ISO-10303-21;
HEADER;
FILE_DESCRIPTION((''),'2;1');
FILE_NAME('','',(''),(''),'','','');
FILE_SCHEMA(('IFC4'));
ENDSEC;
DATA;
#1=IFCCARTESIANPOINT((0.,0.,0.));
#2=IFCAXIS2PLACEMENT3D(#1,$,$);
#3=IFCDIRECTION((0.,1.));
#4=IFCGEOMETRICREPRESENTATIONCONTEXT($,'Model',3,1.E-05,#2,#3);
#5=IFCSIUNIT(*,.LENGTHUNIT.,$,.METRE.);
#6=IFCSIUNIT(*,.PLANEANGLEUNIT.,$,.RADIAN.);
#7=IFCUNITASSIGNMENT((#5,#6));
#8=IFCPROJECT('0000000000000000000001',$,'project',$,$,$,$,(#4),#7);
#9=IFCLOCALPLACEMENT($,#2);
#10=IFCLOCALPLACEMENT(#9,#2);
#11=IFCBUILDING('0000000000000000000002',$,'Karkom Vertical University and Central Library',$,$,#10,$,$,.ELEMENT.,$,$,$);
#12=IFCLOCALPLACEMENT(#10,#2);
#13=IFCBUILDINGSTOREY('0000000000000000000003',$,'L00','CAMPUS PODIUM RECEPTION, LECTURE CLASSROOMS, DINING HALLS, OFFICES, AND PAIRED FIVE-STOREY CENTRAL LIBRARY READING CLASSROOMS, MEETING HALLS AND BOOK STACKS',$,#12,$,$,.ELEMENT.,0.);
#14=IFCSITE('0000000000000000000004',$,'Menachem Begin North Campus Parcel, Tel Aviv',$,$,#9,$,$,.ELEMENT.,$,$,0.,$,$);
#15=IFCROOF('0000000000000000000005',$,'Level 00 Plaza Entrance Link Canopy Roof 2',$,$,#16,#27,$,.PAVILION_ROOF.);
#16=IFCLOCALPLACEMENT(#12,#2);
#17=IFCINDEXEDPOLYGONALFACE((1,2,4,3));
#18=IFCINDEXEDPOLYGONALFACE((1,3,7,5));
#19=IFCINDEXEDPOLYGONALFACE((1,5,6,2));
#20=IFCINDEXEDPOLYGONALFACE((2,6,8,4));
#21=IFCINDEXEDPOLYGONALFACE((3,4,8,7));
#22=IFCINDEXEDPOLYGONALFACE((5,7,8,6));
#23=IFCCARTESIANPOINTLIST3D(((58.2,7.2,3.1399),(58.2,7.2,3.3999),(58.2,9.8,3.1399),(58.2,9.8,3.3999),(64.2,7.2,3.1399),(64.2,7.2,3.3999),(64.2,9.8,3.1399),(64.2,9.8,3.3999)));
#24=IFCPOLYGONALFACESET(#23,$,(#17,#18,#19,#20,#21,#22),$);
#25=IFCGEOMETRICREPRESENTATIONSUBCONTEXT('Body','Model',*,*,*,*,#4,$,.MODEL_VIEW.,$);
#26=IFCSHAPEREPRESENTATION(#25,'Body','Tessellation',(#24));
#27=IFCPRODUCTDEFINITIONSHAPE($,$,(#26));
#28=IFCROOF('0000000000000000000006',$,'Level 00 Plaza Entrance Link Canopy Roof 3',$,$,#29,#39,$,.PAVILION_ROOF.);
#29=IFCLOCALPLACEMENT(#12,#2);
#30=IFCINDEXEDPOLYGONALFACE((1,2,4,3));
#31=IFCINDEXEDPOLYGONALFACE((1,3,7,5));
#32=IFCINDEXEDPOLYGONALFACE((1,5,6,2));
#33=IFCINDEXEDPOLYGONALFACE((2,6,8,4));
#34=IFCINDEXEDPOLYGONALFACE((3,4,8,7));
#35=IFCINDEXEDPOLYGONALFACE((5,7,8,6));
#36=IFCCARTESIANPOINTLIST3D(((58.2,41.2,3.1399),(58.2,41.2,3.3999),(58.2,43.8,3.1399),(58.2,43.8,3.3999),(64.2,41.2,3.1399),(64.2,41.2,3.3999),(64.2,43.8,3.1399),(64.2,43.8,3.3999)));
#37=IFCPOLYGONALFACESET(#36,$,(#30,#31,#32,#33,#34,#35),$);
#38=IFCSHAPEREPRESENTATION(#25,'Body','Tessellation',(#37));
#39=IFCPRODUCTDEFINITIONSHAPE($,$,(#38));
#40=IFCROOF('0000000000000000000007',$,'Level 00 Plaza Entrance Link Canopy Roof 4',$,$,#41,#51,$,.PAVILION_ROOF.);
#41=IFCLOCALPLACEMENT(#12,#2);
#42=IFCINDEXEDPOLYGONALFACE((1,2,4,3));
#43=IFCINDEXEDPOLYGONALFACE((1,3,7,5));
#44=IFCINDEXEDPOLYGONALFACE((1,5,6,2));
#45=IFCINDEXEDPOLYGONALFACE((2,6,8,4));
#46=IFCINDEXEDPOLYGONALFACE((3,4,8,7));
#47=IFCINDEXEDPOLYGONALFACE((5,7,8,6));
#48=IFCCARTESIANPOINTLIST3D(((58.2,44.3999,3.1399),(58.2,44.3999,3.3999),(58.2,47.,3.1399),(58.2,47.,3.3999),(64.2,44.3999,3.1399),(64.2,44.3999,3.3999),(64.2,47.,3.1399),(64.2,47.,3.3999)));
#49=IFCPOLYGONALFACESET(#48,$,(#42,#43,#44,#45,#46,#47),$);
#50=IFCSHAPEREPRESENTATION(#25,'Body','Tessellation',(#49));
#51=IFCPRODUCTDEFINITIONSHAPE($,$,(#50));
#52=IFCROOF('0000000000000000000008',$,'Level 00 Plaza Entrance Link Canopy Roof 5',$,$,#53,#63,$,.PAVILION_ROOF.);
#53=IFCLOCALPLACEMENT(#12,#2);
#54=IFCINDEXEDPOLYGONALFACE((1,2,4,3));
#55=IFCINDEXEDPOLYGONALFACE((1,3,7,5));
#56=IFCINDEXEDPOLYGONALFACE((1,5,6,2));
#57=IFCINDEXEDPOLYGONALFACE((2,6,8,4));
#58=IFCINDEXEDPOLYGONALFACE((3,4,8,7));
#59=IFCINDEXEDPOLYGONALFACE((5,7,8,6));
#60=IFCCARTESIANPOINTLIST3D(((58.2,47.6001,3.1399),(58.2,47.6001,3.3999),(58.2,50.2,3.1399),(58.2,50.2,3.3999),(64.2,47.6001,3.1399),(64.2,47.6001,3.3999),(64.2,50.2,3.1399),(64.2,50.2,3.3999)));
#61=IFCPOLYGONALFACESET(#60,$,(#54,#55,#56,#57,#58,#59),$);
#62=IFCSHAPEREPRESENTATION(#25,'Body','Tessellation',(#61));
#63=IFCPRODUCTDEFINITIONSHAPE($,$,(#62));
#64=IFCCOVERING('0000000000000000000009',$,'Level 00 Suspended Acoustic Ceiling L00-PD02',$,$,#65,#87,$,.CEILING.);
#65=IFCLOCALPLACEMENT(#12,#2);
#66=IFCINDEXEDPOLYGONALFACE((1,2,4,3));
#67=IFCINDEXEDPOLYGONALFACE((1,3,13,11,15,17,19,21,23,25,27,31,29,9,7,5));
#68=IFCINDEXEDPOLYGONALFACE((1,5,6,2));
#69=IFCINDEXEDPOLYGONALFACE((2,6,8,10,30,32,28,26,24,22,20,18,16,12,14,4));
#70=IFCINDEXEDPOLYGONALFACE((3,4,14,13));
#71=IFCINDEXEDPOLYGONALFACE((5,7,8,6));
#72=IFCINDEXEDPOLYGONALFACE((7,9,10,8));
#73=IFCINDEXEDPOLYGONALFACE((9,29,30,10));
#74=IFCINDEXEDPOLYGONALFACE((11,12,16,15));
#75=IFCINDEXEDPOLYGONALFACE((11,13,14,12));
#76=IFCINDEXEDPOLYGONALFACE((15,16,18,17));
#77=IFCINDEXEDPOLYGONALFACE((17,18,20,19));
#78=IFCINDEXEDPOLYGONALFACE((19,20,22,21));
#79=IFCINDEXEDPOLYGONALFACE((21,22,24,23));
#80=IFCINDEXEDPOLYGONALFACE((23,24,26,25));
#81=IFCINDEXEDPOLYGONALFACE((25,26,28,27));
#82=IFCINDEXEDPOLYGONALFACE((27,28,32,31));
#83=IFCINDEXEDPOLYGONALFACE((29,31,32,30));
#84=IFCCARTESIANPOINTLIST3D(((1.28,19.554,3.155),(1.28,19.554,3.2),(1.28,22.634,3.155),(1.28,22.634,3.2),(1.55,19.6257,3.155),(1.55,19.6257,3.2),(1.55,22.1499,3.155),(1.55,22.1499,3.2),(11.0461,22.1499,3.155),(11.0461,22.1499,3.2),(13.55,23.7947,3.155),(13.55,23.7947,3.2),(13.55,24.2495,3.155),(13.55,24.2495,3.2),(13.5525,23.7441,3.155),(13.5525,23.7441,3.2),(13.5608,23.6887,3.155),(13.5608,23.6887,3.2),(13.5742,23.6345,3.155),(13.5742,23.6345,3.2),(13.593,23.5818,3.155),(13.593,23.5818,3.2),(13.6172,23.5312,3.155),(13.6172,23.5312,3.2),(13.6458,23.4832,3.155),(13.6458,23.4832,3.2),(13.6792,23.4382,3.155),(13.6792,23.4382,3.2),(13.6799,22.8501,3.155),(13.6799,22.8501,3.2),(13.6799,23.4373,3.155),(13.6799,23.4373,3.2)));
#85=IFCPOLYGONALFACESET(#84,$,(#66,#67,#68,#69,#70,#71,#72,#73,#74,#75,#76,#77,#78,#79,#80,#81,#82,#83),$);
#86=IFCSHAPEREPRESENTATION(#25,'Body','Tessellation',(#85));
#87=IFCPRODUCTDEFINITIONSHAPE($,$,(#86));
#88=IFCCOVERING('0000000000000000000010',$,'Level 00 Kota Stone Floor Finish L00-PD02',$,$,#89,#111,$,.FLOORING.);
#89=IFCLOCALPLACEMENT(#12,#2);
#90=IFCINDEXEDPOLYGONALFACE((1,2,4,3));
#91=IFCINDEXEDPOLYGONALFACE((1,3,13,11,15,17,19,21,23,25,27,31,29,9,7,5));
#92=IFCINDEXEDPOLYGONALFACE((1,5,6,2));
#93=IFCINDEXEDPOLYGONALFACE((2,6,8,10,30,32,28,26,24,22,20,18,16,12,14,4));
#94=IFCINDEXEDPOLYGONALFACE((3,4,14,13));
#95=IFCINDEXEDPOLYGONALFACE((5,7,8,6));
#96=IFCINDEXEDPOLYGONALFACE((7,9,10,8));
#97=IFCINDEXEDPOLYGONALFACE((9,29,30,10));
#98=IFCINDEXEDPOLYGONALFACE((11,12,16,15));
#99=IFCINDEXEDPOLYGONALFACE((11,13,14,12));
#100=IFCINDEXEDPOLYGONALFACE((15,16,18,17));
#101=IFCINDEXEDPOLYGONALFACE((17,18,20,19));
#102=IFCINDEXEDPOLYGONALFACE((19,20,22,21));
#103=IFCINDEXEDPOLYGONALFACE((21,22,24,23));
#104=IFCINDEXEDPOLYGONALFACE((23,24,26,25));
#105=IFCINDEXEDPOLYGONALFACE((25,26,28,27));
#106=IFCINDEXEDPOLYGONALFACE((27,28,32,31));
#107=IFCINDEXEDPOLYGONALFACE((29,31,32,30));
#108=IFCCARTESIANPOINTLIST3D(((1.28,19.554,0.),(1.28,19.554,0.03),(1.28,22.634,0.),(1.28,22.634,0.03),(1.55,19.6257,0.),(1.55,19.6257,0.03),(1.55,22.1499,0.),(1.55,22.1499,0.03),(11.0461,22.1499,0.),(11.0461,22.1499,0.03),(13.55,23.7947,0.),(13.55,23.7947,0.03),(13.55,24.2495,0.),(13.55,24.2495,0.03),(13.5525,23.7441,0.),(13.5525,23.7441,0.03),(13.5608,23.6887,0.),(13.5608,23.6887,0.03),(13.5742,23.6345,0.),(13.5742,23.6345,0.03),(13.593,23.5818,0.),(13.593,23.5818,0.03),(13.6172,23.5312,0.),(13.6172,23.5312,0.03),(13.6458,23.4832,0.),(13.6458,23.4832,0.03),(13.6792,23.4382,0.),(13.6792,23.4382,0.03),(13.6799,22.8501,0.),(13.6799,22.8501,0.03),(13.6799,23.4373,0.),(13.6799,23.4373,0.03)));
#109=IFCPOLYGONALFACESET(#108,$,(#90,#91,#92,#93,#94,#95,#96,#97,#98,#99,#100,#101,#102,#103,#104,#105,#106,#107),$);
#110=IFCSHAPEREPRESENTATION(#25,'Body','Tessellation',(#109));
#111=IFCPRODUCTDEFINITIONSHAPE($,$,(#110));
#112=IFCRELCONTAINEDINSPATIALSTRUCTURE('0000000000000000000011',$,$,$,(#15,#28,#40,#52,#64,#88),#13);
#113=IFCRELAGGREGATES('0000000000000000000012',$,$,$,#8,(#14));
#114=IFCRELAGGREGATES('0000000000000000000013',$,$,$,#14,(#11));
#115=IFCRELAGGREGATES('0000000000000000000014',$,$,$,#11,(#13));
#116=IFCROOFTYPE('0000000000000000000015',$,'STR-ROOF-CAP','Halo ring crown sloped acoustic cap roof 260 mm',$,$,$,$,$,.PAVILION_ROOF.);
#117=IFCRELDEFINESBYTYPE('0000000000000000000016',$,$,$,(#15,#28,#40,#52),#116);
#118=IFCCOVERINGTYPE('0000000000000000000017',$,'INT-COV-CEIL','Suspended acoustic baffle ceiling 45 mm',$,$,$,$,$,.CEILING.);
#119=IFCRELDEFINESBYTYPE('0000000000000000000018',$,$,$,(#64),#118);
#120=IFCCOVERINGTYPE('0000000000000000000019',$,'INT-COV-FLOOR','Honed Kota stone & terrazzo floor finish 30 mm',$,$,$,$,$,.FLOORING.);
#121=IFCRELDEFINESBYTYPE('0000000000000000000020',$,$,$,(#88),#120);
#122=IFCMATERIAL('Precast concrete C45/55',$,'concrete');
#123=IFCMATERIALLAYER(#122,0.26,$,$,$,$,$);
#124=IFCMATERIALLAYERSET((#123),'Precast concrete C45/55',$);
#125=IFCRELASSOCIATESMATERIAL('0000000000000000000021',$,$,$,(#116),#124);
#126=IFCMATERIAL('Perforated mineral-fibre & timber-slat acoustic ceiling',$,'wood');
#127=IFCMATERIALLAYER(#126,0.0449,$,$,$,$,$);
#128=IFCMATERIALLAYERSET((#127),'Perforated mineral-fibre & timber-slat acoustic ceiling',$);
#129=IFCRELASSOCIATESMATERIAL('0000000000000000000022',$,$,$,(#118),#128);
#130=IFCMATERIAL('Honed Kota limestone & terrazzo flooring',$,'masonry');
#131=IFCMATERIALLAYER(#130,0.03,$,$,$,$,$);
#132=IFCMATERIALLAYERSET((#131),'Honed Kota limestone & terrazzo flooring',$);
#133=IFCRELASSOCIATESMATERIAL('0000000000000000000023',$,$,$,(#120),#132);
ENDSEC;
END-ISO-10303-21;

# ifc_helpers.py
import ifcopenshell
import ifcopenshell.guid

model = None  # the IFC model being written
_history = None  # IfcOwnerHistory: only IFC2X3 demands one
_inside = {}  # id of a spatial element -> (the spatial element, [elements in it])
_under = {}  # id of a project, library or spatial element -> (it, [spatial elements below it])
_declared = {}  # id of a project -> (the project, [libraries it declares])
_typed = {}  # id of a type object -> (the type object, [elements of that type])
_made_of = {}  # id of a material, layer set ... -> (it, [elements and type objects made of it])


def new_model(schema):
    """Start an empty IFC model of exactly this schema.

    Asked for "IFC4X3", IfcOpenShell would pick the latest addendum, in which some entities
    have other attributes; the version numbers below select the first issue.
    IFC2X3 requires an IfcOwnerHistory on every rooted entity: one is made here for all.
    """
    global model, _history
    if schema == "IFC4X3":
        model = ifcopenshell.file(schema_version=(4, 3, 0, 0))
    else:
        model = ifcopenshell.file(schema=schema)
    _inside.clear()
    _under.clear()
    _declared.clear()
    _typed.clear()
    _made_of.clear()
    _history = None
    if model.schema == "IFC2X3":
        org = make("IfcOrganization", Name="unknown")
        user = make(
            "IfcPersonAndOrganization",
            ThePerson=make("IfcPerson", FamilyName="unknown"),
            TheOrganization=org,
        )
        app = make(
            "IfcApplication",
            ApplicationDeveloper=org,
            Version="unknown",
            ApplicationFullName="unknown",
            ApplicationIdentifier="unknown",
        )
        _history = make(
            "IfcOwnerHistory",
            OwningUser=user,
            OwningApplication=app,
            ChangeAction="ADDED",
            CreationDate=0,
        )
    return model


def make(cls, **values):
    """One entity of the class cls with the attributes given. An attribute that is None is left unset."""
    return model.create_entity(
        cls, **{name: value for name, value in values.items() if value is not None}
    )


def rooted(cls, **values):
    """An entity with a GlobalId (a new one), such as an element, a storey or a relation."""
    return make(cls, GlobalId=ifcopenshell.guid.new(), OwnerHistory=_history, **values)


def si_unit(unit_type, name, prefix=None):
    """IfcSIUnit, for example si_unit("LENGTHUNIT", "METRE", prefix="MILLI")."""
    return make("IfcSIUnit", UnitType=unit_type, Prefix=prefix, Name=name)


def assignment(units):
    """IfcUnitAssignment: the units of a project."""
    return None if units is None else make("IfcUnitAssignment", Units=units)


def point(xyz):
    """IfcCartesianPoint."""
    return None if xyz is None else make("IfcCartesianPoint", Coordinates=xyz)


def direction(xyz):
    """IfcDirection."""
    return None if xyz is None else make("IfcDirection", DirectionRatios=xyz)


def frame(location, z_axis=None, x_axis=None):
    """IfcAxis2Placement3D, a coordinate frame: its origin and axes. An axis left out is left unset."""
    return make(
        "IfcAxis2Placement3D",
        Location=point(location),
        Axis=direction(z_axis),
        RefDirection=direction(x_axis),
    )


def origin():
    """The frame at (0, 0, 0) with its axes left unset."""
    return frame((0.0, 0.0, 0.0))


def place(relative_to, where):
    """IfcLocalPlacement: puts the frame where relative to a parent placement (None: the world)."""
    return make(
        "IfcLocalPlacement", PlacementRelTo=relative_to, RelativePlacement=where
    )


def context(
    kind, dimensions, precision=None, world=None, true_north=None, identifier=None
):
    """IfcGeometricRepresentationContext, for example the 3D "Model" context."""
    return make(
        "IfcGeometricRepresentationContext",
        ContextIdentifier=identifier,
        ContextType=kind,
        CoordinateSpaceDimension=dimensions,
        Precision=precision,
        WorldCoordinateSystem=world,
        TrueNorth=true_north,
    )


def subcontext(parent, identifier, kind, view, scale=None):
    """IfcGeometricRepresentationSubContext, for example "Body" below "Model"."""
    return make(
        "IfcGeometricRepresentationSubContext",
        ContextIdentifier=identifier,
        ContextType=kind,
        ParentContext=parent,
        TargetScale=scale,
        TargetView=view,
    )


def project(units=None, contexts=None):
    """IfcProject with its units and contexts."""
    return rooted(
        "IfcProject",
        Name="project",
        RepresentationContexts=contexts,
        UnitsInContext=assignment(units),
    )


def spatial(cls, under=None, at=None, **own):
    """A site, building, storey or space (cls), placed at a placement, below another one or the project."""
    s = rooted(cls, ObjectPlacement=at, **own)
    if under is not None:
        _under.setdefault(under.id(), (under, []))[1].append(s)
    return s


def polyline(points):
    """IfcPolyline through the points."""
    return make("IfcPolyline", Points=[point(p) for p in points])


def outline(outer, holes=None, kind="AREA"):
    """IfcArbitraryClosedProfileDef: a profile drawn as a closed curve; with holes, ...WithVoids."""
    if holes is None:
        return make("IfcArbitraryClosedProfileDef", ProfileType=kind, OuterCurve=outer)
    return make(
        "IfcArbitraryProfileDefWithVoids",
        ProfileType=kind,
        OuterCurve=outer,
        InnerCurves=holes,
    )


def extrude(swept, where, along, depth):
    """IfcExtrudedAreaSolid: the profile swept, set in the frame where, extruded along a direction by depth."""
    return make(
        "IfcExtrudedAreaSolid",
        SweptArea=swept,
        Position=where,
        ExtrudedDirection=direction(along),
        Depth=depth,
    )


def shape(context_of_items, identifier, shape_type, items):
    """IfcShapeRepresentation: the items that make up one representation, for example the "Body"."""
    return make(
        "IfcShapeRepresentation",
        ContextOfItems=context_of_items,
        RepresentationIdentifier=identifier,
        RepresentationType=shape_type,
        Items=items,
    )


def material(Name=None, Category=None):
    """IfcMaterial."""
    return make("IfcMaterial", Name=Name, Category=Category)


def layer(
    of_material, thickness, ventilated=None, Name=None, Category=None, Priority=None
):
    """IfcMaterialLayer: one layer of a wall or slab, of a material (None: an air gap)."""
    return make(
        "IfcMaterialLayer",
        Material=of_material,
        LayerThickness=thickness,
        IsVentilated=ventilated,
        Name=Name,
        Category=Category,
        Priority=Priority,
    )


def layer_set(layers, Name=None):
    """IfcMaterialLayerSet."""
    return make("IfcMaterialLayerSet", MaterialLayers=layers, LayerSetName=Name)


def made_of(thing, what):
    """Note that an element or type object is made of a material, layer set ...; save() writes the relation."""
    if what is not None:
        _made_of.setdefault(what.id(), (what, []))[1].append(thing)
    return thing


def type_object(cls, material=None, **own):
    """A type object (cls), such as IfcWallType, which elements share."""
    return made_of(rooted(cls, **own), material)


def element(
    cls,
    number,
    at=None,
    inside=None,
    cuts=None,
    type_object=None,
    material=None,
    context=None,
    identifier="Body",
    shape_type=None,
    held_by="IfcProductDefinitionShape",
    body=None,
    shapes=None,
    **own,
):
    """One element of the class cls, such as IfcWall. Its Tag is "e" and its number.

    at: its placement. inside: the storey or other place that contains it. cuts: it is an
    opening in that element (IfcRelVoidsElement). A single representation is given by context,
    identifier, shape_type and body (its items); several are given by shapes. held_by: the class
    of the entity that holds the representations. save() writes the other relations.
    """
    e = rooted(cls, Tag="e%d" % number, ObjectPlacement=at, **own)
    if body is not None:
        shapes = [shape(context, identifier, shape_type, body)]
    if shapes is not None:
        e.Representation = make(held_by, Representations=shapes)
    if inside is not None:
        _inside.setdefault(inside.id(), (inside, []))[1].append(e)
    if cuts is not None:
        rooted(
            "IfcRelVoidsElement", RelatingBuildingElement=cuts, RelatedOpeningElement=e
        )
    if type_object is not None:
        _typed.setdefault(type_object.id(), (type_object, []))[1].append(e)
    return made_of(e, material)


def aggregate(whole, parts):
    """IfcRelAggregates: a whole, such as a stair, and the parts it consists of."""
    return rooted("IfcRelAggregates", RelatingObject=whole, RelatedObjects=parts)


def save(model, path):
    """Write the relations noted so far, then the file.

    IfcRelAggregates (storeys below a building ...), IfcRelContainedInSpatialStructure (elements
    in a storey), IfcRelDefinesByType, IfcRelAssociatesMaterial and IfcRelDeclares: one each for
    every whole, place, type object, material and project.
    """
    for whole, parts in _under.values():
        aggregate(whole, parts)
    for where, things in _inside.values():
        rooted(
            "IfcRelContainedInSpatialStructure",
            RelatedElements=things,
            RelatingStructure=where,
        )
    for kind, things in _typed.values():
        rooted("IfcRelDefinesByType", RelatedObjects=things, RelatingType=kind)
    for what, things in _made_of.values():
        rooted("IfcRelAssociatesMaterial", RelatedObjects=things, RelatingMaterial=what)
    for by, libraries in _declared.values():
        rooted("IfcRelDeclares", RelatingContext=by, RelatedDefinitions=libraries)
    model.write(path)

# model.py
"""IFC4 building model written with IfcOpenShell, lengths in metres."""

from ifc_helpers import new_model, si_unit, direction, frame, origin, place, context, subcontext, project, spatial, polyline, outline, extrude, material, layer, layer_set, type_object, element, save


model = new_model("IFC4")

# Units and contexts
model_context = context("Model", 3, precision=1e-05, world=origin(), true_north=direction((0.0, 1.0)))
body_context = subcontext(model_context, "Body", "Model", "MODEL_VIEW")
ifc_project = project(units=[si_unit("LENGTHUNIT", "METRE"), si_unit("PLANEANGLEUNIT", "RADIAN")], contexts=[model_context])

# Site, building, storey
site_placement = place(None, origin())
site = spatial("IfcSite", under=ifc_project, at=site_placement, Name="Menachem Begin North Campus Parcel, Tel Aviv", CompositionType="ELEMENT", RefElevation=0.0)
building_placement = place(site_placement, origin())
building = spatial("IfcBuilding", under=site, at=building_placement, Name="Karkom Vertical University and Central Library", CompositionType="ELEMENT")
storey_placement = place(building_placement, origin())
storey = spatial("IfcBuildingStorey", under=building, at=storey_placement, Name="L00", Description="CAMPUS PODIUM RECEPTION, LECTURE CLASSROOMS, DINING HALLS, OFFICES, AND PAIRED FIVE-STOREY CENTRAL LIBRARY READING CLASSROOMS, MEETING HALLS AND BOOK STACKS", CompositionType="ELEMENT", Elevation=0.0)

# Roofs
ifc_material_1 = material(Name="Precast concrete C45/55", Category="concrete")
ifc_layer_1 = layer(ifc_material_1, 0.26)
ifc_layer_set_1 = layer_set([ifc_layer_1], Name="Precast concrete C45/55")
roof_type = type_object("IfcRoofType", Name="STR-ROOF-CAP", Description="Halo ring crown sloped acoustic cap roof 260 mm", PredefinedType="PAVILION_ROOF", material=ifc_layer_set_1)
roof_1_placement = place(storey_placement, frame((0.0, 0.0, 3.1399)))
element("IfcRoof", 1, at=roof_1_placement, inside=storey, type_object=roof_type, Name="Level 00 Plaza Entrance Link Canopy Roof 2", PredefinedType="PAVILION_ROOF", context=body_context, shape_type="SweptSolid", body=[
    extrude(outline(polyline([(58.2, 7.2), (64.2, 7.2), (64.2, 9.8), (58.2, 9.8), (58.2, 7.2)])), origin(), (0.0, 0.0, 1.0), 0.26),
])
roof_2_placement = place(storey_placement, frame((0.0, 0.0, 3.1399)))
element("IfcRoof", 2, at=roof_2_placement, inside=storey, type_object=roof_type, Name="Level 00 Plaza Entrance Link Canopy Roof 3", PredefinedType="PAVILION_ROOF", context=body_context, shape_type="SweptSolid", body=[
    extrude(outline(polyline([(58.2, 41.2), (64.2, 41.2), (64.2, 43.8), (58.2, 43.8), (58.2, 41.2)])), origin(), (0.0, 0.0, 1.0), 0.26),
])
roof_3_placement = place(storey_placement, frame((0.0, 0.0, 3.1399)))
element("IfcRoof", 3, at=roof_3_placement, inside=storey, type_object=roof_type, Name="Level 00 Plaza Entrance Link Canopy Roof 4", PredefinedType="PAVILION_ROOF", context=body_context, shape_type="SweptSolid", body=[
    extrude(outline(polyline([(58.2, 44.3999), (64.2, 44.3999), (64.2, 47.0), (58.2, 47.0), (58.2, 44.3999)])), origin(), (0.0, 0.0, 1.0), 0.26),
])
roof_4_placement = place(storey_placement, frame((0.0, 0.0, 3.1399)))
element("IfcRoof", 4, at=roof_4_placement, inside=storey, type_object=roof_type, Name="Level 00 Plaza Entrance Link Canopy Roof 5", PredefinedType="PAVILION_ROOF", context=body_context, shape_type="SweptSolid", body=[
    extrude(outline(polyline([(58.2, 47.6001), (64.2, 47.6001), (64.2, 50.2), (58.2, 50.2), (58.2, 47.6001)])), origin(), (0.0, 0.0, 1.0), 0.26),
])

# Coverings
ifc_material_2 = material(Name="Perforated mineral-fibre & timber-slat acoustic ceiling", Category="wood")
ifc_layer_2 = layer(ifc_material_2, 0.0449)
ifc_layer_set_2 = layer_set([ifc_layer_2], Name="Perforated mineral-fibre & timber-slat acoustic ceiling")
covering_type_1 = type_object("IfcCoveringType", Name="INT-COV-CEIL", Description="Suspended acoustic baffle ceiling 45 mm", PredefinedType="CEILING", material=ifc_layer_set_2)
covering_1_placement = place(storey_placement, frame((0.0, 0.0, 3.155)))
element("IfcCovering", 5, at=covering_1_placement, inside=storey, type_object=covering_type_1, Name="Level 00 Suspended Acoustic Ceiling L00-PD02", PredefinedType="CEILING", context=body_context, shape_type="SweptSolid", body=[
    extrude(outline(polyline([(13.6799, 23.4373), (13.6799, 22.8501), (11.0461, 22.1499), (1.55, 22.1499), (1.55, 19.6257), (1.28, 19.554), (1.28, 22.634), (13.55, 24.2495), (13.55, 23.7947), (13.5525, 23.7441), (13.5608, 23.6887), (13.5742, 23.6345), (13.593, 23.5818), (13.6172, 23.5312), (13.6458, 23.4832), (13.6792, 23.4382), (13.6799, 23.4373)])), origin(), (0.0, 0.0, 1.0), 0.0449),
])
ifc_material_3 = material(Name="Honed Kota limestone & terrazzo flooring", Category="masonry")
ifc_layer_3 = layer(ifc_material_3, 0.03)
ifc_layer_set_3 = layer_set([ifc_layer_3], Name="Honed Kota limestone & terrazzo flooring")
covering_type_2 = type_object("IfcCoveringType", Name="INT-COV-FLOOR", Description="Honed Kota stone & terrazzo floor finish 30 mm", PredefinedType="FLOORING", material=ifc_layer_set_3)
covering_2_placement = place(storey_placement, origin())
element("IfcCovering", 6, at=covering_2_placement, inside=storey, type_object=covering_type_2, Name="Level 00 Kota Stone Floor Finish L00-PD02", PredefinedType="FLOORING", context=body_context, shape_type="SweptSolid", body=[
    extrude(outline(polyline([(13.6799, 23.4373), (13.6799, 22.8501), (11.0461, 22.1499), (1.55, 22.1499), (1.55, 19.6257), (1.28, 19.554), (1.28, 22.634), (13.55, 24.2495), (13.55, 23.7947), (13.5525, 23.7441), (13.5608, 23.6887), (13.5742, 23.6345), (13.593, 23.5818), (13.6172, 23.5312), (13.6458, 23.4832), (13.6792, 23.4382), (13.6799, 23.4373)])), origin(), (0.0, 0.0, 1.0), 0.03),
])

save(model, "model.ifc")
